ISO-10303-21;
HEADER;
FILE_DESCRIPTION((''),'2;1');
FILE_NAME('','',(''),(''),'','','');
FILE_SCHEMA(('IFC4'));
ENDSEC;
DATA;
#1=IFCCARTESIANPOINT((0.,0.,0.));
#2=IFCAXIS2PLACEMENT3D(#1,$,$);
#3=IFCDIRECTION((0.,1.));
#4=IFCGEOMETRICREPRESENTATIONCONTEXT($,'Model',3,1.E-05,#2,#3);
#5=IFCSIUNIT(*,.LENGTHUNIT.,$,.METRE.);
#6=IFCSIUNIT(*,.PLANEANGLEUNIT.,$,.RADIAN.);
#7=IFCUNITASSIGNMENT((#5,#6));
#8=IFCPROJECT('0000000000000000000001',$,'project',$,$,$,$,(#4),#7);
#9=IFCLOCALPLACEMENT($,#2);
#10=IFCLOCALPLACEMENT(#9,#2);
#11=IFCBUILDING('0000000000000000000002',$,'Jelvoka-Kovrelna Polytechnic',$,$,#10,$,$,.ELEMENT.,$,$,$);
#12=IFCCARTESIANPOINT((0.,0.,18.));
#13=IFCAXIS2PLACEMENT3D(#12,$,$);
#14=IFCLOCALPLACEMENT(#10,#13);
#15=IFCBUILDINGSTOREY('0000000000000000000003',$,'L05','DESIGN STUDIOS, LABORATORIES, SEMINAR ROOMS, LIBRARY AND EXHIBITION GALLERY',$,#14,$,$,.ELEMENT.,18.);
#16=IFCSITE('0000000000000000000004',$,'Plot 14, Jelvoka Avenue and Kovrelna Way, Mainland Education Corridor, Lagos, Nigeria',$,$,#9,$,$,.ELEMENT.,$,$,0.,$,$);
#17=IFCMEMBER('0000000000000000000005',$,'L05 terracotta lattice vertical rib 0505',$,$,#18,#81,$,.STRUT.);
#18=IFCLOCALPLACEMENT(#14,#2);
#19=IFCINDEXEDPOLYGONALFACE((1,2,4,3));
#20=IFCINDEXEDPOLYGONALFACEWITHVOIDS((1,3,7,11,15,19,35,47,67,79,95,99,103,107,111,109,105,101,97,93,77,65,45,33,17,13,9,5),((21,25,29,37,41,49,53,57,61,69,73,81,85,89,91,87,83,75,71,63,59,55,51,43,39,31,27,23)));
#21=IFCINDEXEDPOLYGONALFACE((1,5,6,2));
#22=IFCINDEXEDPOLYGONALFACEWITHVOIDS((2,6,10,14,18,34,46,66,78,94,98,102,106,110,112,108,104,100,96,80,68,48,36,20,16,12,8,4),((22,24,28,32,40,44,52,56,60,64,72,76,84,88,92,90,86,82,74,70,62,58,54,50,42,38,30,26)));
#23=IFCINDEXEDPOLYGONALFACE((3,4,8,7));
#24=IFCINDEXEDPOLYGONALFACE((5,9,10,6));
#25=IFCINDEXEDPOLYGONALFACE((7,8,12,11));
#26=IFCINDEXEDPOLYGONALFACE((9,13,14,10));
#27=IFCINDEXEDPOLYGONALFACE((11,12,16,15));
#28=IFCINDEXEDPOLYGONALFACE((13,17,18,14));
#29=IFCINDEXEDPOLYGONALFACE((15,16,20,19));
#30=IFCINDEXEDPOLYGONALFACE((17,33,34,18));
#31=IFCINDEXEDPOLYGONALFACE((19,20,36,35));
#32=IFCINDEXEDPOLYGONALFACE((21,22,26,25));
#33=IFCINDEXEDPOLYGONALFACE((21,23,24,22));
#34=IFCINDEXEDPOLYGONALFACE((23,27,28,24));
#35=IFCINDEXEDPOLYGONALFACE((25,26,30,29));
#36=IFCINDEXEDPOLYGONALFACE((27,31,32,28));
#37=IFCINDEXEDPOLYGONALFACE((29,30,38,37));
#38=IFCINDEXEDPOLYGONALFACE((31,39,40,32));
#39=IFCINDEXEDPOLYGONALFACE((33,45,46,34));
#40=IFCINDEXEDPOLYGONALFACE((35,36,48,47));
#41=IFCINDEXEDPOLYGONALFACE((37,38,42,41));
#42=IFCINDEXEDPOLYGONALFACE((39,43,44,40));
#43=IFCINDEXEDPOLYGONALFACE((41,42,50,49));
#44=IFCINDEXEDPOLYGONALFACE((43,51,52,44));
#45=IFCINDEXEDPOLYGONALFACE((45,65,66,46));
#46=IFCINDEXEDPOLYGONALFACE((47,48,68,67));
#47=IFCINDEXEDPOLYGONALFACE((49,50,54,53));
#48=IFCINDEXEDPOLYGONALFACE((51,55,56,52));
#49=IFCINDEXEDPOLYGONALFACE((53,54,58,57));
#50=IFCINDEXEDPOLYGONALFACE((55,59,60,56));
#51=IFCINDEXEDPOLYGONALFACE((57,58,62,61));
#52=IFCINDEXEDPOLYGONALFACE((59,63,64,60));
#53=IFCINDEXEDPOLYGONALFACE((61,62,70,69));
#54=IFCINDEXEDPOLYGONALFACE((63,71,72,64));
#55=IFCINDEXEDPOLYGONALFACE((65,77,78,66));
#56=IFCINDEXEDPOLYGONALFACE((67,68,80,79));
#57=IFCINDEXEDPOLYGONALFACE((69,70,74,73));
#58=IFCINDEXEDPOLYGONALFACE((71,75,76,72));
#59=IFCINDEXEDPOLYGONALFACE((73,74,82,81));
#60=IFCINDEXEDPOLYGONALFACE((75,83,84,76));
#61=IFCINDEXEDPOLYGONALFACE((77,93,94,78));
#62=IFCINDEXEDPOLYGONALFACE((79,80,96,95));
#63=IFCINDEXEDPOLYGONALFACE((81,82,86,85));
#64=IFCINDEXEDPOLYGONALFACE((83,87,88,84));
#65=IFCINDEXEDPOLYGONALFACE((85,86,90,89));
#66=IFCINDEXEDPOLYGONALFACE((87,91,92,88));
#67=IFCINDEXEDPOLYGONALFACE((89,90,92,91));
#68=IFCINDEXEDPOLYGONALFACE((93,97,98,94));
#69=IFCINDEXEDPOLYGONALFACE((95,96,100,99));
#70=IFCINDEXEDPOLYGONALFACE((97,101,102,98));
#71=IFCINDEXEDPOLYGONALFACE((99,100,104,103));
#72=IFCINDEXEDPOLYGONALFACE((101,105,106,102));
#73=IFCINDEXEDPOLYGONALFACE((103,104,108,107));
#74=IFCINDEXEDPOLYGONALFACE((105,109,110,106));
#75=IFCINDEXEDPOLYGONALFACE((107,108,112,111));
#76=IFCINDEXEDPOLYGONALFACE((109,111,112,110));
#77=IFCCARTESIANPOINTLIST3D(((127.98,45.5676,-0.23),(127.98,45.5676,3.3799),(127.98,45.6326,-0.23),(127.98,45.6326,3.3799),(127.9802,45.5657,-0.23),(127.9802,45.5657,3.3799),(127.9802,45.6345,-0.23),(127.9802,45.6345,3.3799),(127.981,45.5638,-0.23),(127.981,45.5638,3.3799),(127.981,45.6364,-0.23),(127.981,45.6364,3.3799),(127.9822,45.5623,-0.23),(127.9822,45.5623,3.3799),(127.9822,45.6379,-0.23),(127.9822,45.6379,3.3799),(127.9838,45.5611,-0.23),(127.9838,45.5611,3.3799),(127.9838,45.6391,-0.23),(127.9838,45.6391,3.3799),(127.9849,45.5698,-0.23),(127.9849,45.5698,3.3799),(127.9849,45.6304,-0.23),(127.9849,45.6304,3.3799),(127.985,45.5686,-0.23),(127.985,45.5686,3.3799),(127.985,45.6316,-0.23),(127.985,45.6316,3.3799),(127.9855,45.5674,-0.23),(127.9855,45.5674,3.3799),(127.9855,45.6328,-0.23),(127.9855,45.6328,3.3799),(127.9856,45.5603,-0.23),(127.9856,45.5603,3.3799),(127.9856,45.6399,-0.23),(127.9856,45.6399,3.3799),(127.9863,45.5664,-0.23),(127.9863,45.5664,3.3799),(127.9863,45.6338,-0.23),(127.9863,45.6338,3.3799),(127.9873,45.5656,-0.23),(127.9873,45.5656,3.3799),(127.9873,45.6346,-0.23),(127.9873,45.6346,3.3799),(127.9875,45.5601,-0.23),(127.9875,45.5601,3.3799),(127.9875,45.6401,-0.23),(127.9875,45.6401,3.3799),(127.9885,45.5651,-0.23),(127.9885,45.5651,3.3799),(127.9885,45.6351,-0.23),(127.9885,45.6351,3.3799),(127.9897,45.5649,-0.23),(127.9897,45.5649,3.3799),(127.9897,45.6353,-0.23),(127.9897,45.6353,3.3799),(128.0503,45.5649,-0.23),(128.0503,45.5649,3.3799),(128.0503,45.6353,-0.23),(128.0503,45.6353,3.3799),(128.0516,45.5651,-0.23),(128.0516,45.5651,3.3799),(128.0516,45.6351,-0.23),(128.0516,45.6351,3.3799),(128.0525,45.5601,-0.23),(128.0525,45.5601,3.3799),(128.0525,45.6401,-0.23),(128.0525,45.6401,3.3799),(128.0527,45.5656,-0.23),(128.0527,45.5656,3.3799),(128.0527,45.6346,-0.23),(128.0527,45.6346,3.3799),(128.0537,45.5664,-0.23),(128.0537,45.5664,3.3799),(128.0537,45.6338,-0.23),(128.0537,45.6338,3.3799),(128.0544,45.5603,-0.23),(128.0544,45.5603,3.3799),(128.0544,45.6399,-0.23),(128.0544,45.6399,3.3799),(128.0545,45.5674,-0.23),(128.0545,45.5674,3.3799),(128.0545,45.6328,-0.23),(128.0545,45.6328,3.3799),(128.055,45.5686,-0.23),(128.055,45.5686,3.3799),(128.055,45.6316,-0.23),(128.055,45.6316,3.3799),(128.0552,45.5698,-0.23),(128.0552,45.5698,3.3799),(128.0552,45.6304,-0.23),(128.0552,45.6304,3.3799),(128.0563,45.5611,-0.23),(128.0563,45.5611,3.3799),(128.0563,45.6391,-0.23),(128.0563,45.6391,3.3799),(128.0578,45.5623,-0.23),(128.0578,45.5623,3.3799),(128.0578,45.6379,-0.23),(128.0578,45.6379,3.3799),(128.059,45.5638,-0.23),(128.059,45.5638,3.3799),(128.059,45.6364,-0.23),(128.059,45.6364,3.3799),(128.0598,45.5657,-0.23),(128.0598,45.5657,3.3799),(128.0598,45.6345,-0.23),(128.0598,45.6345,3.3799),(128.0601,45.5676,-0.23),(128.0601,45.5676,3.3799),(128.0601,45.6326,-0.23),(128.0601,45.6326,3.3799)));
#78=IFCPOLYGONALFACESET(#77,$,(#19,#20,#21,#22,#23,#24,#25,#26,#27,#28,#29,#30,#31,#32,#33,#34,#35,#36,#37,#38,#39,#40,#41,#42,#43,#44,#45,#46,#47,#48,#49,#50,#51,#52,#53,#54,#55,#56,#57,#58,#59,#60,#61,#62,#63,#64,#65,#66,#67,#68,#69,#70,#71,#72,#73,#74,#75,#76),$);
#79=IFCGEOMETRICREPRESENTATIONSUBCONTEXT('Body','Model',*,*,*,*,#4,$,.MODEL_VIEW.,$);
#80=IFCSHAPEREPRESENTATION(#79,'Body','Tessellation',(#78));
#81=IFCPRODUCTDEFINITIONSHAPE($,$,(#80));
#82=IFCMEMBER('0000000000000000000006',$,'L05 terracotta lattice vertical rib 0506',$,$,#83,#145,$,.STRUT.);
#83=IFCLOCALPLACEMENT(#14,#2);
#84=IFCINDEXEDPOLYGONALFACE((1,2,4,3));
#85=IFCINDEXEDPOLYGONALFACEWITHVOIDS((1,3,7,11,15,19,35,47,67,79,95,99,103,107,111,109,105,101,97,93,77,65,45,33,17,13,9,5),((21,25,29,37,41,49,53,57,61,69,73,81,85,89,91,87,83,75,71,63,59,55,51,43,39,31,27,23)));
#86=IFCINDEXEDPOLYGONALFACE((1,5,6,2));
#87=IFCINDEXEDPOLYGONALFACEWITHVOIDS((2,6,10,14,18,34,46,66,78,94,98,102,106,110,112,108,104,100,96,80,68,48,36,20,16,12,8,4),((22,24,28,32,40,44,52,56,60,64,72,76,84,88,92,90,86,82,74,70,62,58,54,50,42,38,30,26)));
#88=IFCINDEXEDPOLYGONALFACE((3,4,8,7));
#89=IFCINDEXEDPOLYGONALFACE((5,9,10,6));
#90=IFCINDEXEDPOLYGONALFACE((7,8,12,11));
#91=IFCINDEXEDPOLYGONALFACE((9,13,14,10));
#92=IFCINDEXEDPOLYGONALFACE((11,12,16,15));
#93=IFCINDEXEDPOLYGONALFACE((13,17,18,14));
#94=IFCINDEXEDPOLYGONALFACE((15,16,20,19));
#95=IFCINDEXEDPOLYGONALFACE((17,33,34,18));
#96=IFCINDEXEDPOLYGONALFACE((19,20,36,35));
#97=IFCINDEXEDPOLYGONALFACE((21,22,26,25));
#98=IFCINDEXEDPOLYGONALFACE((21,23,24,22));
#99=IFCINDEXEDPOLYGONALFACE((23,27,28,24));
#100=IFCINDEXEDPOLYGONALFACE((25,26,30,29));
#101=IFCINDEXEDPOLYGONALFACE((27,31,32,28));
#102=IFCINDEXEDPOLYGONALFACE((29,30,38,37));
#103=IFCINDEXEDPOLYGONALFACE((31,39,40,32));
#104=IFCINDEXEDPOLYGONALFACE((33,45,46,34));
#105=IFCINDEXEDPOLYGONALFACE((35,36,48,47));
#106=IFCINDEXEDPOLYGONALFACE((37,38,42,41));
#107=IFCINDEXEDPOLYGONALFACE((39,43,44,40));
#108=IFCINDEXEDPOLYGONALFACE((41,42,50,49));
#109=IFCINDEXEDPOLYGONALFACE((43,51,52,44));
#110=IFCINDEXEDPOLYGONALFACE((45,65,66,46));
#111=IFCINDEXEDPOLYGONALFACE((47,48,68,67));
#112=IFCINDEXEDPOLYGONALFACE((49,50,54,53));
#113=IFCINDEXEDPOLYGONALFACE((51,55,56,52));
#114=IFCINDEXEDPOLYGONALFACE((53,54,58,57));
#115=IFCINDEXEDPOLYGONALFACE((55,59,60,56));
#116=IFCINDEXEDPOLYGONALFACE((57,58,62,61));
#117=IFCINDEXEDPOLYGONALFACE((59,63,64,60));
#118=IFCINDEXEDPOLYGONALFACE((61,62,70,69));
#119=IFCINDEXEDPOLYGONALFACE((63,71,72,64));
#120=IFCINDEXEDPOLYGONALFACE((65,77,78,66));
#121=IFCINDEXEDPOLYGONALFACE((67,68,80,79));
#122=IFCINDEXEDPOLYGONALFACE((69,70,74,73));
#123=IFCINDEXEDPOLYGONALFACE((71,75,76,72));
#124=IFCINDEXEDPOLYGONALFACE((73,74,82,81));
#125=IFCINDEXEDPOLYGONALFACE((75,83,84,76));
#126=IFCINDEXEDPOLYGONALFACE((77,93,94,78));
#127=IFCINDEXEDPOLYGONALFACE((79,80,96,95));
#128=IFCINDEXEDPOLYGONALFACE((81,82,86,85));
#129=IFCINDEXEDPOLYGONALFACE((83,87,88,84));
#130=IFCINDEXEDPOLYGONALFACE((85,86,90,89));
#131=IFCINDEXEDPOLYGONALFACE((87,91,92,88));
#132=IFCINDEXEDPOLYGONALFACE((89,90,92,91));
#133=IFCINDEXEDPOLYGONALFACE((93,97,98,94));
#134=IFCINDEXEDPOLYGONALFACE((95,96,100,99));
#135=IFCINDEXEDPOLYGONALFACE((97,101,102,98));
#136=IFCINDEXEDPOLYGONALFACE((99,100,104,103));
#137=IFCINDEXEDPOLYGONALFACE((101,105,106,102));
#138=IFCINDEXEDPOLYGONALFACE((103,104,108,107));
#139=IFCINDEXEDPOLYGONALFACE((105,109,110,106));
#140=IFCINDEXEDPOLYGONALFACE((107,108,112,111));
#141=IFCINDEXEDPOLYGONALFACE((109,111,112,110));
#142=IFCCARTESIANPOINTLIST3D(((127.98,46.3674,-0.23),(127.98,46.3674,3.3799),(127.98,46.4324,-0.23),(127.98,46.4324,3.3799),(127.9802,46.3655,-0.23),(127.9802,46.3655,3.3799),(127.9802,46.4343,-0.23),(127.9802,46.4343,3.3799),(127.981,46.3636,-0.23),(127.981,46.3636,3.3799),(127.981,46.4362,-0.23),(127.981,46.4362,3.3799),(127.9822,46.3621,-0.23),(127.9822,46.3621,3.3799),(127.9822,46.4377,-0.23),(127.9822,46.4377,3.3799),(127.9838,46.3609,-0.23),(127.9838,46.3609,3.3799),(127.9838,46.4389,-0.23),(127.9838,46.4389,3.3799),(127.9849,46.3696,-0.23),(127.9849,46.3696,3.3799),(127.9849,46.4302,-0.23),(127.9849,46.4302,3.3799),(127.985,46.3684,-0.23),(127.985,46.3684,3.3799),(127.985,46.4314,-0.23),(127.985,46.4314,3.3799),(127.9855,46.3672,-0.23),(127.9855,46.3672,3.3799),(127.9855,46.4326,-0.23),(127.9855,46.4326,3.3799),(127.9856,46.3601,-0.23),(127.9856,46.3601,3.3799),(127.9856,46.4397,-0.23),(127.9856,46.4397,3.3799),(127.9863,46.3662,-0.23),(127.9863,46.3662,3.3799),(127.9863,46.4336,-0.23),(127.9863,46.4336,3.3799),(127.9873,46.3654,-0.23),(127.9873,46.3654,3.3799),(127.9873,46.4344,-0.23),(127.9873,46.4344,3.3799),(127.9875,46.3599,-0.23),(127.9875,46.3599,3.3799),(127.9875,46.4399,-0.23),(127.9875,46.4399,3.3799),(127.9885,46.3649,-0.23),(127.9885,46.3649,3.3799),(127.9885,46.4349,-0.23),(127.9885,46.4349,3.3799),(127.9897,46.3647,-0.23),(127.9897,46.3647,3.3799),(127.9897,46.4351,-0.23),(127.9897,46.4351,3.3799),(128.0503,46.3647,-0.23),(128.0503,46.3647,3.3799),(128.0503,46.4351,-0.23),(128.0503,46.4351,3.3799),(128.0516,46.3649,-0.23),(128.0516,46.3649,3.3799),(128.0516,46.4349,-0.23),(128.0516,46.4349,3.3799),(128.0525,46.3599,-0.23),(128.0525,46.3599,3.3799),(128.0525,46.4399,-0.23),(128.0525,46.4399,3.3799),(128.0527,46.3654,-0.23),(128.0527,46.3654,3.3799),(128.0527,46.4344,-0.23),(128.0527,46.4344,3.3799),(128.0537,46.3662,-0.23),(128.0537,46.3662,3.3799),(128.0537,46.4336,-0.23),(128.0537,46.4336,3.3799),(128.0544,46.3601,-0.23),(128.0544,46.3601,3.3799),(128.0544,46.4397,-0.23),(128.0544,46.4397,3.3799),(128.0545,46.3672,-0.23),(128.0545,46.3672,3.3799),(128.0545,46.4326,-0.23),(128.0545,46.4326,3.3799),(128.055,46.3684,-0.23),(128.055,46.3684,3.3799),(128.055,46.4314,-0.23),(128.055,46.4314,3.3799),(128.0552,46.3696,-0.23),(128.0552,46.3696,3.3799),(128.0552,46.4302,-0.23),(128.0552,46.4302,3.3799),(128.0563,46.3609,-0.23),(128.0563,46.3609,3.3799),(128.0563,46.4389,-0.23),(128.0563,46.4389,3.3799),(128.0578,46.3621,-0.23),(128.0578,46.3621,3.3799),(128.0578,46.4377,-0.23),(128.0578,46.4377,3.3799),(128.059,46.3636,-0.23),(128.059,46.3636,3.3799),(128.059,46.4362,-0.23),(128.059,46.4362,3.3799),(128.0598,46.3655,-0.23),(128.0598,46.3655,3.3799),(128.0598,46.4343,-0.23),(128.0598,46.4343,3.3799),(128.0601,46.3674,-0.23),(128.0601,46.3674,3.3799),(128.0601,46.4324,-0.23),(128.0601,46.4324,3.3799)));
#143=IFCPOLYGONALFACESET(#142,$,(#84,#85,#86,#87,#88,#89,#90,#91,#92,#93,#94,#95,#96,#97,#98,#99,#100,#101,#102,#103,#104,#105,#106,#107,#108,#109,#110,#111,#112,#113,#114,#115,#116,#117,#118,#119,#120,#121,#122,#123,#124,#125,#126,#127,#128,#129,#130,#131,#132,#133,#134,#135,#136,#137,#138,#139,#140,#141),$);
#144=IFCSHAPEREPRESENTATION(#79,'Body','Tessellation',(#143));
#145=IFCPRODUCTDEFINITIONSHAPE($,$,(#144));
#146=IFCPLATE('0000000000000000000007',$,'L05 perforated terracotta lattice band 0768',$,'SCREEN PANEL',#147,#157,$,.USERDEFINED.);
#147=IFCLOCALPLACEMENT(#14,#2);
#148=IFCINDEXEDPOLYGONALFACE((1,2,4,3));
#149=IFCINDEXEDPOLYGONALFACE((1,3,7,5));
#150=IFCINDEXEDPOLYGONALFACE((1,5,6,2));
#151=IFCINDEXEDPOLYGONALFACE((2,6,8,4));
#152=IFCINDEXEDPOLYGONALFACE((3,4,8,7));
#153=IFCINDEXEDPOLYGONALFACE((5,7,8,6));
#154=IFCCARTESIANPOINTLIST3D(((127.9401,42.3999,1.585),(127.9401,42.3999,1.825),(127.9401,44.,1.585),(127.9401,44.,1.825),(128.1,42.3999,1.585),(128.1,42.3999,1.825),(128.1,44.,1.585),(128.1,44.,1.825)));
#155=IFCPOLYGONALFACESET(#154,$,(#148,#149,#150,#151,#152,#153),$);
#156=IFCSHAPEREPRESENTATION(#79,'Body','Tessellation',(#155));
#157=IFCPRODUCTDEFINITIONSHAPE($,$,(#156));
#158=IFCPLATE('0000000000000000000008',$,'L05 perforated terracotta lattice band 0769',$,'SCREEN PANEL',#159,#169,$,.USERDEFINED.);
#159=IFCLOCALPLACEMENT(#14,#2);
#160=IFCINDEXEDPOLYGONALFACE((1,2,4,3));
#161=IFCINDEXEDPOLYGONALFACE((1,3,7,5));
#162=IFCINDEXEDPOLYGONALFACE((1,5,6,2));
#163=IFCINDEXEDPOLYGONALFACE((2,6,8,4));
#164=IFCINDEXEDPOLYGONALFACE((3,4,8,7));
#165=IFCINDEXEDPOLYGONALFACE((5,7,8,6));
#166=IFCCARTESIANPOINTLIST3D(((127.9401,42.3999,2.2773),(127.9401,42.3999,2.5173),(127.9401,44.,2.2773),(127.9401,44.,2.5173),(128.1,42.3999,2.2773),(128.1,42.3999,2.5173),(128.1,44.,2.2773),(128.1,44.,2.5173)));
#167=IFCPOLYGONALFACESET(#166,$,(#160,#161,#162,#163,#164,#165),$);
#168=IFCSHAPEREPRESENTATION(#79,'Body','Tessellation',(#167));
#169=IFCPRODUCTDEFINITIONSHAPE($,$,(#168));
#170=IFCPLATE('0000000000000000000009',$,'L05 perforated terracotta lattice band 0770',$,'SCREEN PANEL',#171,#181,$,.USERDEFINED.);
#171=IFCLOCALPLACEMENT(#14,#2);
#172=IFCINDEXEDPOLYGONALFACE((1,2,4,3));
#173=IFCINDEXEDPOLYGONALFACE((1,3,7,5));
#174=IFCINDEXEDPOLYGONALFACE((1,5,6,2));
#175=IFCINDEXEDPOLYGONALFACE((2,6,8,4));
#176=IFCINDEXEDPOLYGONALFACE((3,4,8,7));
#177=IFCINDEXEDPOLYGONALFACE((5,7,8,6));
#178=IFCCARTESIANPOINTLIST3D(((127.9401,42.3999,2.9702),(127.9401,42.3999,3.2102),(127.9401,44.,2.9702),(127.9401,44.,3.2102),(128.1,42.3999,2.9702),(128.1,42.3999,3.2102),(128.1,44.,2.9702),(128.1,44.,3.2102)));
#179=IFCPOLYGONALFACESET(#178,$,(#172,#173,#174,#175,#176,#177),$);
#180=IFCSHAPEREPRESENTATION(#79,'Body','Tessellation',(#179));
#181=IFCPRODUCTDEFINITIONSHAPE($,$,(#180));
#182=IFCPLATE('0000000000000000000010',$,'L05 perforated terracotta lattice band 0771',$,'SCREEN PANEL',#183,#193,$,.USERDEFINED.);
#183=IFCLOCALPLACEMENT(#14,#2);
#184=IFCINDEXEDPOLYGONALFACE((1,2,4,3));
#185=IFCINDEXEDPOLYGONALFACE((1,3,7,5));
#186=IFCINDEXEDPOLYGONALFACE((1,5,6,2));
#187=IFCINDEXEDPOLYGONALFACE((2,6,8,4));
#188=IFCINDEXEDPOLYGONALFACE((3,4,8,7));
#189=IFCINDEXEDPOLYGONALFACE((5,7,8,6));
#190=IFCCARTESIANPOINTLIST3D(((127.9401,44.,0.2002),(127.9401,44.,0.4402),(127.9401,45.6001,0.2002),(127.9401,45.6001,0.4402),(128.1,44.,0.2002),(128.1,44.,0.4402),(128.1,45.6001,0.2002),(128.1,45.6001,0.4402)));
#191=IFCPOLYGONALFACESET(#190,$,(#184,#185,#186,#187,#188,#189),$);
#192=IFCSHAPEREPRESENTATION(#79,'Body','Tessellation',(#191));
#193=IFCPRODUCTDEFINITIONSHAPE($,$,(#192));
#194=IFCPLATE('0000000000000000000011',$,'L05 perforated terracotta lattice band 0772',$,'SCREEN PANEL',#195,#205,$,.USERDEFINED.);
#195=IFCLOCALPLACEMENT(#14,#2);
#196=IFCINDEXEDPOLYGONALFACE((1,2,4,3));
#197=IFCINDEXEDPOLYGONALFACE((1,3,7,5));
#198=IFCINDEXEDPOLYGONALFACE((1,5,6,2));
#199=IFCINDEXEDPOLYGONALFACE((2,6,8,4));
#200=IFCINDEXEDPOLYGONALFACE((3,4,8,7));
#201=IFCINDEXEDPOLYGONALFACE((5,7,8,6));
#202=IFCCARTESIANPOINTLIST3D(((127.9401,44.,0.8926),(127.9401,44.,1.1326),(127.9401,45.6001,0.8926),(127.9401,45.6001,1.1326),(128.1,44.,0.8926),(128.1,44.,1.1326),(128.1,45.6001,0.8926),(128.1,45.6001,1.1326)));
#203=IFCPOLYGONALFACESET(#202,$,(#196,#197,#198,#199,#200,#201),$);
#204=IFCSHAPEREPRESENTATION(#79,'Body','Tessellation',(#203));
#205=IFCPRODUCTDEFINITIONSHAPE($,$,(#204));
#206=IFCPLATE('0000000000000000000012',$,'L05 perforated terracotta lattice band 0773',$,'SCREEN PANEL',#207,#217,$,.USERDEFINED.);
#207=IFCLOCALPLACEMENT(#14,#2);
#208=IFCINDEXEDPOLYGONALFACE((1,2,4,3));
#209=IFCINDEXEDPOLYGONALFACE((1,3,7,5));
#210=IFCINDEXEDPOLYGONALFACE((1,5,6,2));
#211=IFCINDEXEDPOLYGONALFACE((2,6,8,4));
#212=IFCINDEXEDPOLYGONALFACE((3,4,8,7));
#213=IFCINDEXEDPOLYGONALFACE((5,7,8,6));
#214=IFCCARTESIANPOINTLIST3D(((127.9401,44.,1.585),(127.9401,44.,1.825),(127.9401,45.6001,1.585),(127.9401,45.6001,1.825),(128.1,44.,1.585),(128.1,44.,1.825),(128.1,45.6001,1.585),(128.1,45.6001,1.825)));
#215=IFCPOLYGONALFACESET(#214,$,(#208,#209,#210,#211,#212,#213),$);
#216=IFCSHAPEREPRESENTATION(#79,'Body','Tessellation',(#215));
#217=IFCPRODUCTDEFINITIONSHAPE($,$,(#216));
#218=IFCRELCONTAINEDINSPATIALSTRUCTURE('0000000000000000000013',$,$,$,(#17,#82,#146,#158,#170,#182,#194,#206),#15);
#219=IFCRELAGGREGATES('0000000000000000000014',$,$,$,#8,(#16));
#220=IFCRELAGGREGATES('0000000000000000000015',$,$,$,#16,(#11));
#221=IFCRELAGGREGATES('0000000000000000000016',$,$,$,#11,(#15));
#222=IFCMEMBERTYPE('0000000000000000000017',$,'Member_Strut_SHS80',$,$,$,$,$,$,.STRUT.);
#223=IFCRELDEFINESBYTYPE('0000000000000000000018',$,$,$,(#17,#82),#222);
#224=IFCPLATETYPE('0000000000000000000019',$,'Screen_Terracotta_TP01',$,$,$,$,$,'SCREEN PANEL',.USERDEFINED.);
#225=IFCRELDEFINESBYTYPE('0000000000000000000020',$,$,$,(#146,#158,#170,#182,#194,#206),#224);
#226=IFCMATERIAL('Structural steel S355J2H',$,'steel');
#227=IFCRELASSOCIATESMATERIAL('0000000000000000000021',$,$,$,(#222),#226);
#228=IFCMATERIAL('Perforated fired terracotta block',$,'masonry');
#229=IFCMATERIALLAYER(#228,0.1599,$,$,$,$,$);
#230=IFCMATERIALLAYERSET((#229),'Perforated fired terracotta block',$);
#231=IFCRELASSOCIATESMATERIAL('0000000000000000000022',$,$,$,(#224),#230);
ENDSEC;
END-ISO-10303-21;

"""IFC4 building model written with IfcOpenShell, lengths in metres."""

from ifc_helpers import new_model, si_unit, direction, frame, origin, origin_2d, place, context, subcontext, project, spatial, rectangle, hollow_rectangle, extrude, material, layer, layer_set, material_profile, profile_set, type_object, element, save


model = new_model("IFC4")

# Units and contexts
model_context = context("Model", 3, precision=1e-05, world=origin(), true_north=direction((0.0, 1.0)))
body_context = subcontext(model_context, "Body", "Model", "MODEL_VIEW")
ifc_project = project(units=[si_unit("LENGTHUNIT", "METRE"), si_unit("PLANEANGLEUNIT", "RADIAN")], contexts=[model_context])

# Site, building, storey
site_placement = place(None, origin())
site = spatial("IfcSite", under=ifc_project, at=site_placement, Name="Plot 14, Jelvoka Avenue and Kovrelna Way, Mainland Education Corridor, Lagos, Nigeria", CompositionType="ELEMENT", RefElevation=0.0)
building_placement = place(site_placement, origin())
building = spatial("IfcBuilding", under=site, at=building_placement, Name="Jelvoka-Kovrelna Polytechnic", CompositionType="ELEMENT")
storey_placement = place(building_placement, frame((0.0, 0.0, 18.0)))
storey = spatial("IfcBuildingStorey", under=building, at=storey_placement, Name="L05", Description="DESIGN STUDIOS, LABORATORIES, SEMINAR ROOMS, LIBRARY AND EXHIBITION GALLERY", CompositionType="ELEMENT", Elevation=18.0)

# Members
ifc_material_1 = material(Name="Structural steel S355J2H", Category="steel")
ifc_material_profile_1 = material_profile(ifc_material_1, hollow_rectangle(XDim=0.0801, YDim=0.0801, WallThickness=0.0049, InnerFilletRadius=0.0049, OuterFilletRadius=0.0076, at=origin_2d()), Name="80x80x5.0 SHS")
ifc_profile_set_1 = profile_set([ifc_material_profile_1], Name="Structural steel S355J2H")
member_type = type_object("IfcMemberType", Name="Member_Strut_SHS80", PredefinedType="STRUT", material=ifc_profile_set_1)
for number, where, z_axis, x_axis, name in (
    (1, (128.02, 45.6001, -0.23), (0.0, 0.0, 1.0), (1.0, 0.0, 0.0), "L05 terracotta lattice vertical rib 0505"),
    (2, (128.02, 46.3999, -0.23), (0.0, 0.0, 1.0), (1.0, 0.0, 0.0), "L05 terracotta lattice vertical rib 0506"),
):
    element("IfcMember", number, at=place(storey_placement, frame(where, z_axis=z_axis, x_axis=x_axis)), inside=storey, type_object=member_type, Name=name, PredefinedType="STRUT", context=body_context, shape_type="SweptSolid", body=[
        extrude(hollow_rectangle(XDim=0.0801, YDim=0.0801, WallThickness=0.0049, InnerFilletRadius=0.0049, OuterFilletRadius=0.0076, at=origin_2d()), origin(), (0.0, 0.0, 1.0), 3.6099),
    ])

# Plates
ifc_material_2 = material(Name="Perforated fired terracotta block", Category="masonry")
ifc_layer_1 = layer(ifc_material_2, 0.1599)
ifc_layer_set_1 = layer_set([ifc_layer_1], Name="Perforated fired terracotta block")
plate_type = type_object("IfcPlateType", Name="Screen_Terracotta_TP01", ElementType="SCREEN PANEL", PredefinedType="USERDEFINED", material=ifc_layer_set_1)
for number, where, z_axis, x_axis, name in (
    (3, (128.02, 43.2, 1.585), (0.0, 0.0, 1.0), (0.0, 1.0, 0.0), "L05 perforated terracotta lattice band 0768"),
    (4, (128.02, 43.2, 2.2773), (0.0, 0.0, 1.0), (0.0, 1.0, 0.0), "L05 perforated terracotta lattice band 0769"),
    (5, (128.02, 43.2, 2.9702), (0.0, 0.0, 1.0), (0.0, 1.0, 0.0), "L05 perforated terracotta lattice band 0770"),
    (6, (128.02, 44.8, 0.2002), (0.0, 0.0, 1.0), (0.0, 1.0, 0.0), "L05 perforated terracotta lattice band 0771"),
    (7, (128.02, 44.8, 0.8926), (0.0, 0.0, 1.0), (0.0, 1.0, 0.0), "L05 perforated terracotta lattice band 0772"),
    (8, (128.02, 44.8, 1.585), (0.0, 0.0, 1.0), (0.0, 1.0, 0.0), "L05 perforated terracotta lattice band 0773"),
):
    element("IfcPlate", number, at=place(storey_placement, frame(where, z_axis=z_axis, x_axis=x_axis)), inside=storey, type_object=plate_type, Name=name, ObjectType="SCREEN PANEL", PredefinedType="USERDEFINED", context=body_context, shape_type="SweptSolid", body=[
        extrude(rectangle(XDim=1.6001, YDim=0.1599, at=origin_2d()), origin(), (0.0, 0.0, 1.0), 0.24),
    ])

save(model, "model.ifc")
